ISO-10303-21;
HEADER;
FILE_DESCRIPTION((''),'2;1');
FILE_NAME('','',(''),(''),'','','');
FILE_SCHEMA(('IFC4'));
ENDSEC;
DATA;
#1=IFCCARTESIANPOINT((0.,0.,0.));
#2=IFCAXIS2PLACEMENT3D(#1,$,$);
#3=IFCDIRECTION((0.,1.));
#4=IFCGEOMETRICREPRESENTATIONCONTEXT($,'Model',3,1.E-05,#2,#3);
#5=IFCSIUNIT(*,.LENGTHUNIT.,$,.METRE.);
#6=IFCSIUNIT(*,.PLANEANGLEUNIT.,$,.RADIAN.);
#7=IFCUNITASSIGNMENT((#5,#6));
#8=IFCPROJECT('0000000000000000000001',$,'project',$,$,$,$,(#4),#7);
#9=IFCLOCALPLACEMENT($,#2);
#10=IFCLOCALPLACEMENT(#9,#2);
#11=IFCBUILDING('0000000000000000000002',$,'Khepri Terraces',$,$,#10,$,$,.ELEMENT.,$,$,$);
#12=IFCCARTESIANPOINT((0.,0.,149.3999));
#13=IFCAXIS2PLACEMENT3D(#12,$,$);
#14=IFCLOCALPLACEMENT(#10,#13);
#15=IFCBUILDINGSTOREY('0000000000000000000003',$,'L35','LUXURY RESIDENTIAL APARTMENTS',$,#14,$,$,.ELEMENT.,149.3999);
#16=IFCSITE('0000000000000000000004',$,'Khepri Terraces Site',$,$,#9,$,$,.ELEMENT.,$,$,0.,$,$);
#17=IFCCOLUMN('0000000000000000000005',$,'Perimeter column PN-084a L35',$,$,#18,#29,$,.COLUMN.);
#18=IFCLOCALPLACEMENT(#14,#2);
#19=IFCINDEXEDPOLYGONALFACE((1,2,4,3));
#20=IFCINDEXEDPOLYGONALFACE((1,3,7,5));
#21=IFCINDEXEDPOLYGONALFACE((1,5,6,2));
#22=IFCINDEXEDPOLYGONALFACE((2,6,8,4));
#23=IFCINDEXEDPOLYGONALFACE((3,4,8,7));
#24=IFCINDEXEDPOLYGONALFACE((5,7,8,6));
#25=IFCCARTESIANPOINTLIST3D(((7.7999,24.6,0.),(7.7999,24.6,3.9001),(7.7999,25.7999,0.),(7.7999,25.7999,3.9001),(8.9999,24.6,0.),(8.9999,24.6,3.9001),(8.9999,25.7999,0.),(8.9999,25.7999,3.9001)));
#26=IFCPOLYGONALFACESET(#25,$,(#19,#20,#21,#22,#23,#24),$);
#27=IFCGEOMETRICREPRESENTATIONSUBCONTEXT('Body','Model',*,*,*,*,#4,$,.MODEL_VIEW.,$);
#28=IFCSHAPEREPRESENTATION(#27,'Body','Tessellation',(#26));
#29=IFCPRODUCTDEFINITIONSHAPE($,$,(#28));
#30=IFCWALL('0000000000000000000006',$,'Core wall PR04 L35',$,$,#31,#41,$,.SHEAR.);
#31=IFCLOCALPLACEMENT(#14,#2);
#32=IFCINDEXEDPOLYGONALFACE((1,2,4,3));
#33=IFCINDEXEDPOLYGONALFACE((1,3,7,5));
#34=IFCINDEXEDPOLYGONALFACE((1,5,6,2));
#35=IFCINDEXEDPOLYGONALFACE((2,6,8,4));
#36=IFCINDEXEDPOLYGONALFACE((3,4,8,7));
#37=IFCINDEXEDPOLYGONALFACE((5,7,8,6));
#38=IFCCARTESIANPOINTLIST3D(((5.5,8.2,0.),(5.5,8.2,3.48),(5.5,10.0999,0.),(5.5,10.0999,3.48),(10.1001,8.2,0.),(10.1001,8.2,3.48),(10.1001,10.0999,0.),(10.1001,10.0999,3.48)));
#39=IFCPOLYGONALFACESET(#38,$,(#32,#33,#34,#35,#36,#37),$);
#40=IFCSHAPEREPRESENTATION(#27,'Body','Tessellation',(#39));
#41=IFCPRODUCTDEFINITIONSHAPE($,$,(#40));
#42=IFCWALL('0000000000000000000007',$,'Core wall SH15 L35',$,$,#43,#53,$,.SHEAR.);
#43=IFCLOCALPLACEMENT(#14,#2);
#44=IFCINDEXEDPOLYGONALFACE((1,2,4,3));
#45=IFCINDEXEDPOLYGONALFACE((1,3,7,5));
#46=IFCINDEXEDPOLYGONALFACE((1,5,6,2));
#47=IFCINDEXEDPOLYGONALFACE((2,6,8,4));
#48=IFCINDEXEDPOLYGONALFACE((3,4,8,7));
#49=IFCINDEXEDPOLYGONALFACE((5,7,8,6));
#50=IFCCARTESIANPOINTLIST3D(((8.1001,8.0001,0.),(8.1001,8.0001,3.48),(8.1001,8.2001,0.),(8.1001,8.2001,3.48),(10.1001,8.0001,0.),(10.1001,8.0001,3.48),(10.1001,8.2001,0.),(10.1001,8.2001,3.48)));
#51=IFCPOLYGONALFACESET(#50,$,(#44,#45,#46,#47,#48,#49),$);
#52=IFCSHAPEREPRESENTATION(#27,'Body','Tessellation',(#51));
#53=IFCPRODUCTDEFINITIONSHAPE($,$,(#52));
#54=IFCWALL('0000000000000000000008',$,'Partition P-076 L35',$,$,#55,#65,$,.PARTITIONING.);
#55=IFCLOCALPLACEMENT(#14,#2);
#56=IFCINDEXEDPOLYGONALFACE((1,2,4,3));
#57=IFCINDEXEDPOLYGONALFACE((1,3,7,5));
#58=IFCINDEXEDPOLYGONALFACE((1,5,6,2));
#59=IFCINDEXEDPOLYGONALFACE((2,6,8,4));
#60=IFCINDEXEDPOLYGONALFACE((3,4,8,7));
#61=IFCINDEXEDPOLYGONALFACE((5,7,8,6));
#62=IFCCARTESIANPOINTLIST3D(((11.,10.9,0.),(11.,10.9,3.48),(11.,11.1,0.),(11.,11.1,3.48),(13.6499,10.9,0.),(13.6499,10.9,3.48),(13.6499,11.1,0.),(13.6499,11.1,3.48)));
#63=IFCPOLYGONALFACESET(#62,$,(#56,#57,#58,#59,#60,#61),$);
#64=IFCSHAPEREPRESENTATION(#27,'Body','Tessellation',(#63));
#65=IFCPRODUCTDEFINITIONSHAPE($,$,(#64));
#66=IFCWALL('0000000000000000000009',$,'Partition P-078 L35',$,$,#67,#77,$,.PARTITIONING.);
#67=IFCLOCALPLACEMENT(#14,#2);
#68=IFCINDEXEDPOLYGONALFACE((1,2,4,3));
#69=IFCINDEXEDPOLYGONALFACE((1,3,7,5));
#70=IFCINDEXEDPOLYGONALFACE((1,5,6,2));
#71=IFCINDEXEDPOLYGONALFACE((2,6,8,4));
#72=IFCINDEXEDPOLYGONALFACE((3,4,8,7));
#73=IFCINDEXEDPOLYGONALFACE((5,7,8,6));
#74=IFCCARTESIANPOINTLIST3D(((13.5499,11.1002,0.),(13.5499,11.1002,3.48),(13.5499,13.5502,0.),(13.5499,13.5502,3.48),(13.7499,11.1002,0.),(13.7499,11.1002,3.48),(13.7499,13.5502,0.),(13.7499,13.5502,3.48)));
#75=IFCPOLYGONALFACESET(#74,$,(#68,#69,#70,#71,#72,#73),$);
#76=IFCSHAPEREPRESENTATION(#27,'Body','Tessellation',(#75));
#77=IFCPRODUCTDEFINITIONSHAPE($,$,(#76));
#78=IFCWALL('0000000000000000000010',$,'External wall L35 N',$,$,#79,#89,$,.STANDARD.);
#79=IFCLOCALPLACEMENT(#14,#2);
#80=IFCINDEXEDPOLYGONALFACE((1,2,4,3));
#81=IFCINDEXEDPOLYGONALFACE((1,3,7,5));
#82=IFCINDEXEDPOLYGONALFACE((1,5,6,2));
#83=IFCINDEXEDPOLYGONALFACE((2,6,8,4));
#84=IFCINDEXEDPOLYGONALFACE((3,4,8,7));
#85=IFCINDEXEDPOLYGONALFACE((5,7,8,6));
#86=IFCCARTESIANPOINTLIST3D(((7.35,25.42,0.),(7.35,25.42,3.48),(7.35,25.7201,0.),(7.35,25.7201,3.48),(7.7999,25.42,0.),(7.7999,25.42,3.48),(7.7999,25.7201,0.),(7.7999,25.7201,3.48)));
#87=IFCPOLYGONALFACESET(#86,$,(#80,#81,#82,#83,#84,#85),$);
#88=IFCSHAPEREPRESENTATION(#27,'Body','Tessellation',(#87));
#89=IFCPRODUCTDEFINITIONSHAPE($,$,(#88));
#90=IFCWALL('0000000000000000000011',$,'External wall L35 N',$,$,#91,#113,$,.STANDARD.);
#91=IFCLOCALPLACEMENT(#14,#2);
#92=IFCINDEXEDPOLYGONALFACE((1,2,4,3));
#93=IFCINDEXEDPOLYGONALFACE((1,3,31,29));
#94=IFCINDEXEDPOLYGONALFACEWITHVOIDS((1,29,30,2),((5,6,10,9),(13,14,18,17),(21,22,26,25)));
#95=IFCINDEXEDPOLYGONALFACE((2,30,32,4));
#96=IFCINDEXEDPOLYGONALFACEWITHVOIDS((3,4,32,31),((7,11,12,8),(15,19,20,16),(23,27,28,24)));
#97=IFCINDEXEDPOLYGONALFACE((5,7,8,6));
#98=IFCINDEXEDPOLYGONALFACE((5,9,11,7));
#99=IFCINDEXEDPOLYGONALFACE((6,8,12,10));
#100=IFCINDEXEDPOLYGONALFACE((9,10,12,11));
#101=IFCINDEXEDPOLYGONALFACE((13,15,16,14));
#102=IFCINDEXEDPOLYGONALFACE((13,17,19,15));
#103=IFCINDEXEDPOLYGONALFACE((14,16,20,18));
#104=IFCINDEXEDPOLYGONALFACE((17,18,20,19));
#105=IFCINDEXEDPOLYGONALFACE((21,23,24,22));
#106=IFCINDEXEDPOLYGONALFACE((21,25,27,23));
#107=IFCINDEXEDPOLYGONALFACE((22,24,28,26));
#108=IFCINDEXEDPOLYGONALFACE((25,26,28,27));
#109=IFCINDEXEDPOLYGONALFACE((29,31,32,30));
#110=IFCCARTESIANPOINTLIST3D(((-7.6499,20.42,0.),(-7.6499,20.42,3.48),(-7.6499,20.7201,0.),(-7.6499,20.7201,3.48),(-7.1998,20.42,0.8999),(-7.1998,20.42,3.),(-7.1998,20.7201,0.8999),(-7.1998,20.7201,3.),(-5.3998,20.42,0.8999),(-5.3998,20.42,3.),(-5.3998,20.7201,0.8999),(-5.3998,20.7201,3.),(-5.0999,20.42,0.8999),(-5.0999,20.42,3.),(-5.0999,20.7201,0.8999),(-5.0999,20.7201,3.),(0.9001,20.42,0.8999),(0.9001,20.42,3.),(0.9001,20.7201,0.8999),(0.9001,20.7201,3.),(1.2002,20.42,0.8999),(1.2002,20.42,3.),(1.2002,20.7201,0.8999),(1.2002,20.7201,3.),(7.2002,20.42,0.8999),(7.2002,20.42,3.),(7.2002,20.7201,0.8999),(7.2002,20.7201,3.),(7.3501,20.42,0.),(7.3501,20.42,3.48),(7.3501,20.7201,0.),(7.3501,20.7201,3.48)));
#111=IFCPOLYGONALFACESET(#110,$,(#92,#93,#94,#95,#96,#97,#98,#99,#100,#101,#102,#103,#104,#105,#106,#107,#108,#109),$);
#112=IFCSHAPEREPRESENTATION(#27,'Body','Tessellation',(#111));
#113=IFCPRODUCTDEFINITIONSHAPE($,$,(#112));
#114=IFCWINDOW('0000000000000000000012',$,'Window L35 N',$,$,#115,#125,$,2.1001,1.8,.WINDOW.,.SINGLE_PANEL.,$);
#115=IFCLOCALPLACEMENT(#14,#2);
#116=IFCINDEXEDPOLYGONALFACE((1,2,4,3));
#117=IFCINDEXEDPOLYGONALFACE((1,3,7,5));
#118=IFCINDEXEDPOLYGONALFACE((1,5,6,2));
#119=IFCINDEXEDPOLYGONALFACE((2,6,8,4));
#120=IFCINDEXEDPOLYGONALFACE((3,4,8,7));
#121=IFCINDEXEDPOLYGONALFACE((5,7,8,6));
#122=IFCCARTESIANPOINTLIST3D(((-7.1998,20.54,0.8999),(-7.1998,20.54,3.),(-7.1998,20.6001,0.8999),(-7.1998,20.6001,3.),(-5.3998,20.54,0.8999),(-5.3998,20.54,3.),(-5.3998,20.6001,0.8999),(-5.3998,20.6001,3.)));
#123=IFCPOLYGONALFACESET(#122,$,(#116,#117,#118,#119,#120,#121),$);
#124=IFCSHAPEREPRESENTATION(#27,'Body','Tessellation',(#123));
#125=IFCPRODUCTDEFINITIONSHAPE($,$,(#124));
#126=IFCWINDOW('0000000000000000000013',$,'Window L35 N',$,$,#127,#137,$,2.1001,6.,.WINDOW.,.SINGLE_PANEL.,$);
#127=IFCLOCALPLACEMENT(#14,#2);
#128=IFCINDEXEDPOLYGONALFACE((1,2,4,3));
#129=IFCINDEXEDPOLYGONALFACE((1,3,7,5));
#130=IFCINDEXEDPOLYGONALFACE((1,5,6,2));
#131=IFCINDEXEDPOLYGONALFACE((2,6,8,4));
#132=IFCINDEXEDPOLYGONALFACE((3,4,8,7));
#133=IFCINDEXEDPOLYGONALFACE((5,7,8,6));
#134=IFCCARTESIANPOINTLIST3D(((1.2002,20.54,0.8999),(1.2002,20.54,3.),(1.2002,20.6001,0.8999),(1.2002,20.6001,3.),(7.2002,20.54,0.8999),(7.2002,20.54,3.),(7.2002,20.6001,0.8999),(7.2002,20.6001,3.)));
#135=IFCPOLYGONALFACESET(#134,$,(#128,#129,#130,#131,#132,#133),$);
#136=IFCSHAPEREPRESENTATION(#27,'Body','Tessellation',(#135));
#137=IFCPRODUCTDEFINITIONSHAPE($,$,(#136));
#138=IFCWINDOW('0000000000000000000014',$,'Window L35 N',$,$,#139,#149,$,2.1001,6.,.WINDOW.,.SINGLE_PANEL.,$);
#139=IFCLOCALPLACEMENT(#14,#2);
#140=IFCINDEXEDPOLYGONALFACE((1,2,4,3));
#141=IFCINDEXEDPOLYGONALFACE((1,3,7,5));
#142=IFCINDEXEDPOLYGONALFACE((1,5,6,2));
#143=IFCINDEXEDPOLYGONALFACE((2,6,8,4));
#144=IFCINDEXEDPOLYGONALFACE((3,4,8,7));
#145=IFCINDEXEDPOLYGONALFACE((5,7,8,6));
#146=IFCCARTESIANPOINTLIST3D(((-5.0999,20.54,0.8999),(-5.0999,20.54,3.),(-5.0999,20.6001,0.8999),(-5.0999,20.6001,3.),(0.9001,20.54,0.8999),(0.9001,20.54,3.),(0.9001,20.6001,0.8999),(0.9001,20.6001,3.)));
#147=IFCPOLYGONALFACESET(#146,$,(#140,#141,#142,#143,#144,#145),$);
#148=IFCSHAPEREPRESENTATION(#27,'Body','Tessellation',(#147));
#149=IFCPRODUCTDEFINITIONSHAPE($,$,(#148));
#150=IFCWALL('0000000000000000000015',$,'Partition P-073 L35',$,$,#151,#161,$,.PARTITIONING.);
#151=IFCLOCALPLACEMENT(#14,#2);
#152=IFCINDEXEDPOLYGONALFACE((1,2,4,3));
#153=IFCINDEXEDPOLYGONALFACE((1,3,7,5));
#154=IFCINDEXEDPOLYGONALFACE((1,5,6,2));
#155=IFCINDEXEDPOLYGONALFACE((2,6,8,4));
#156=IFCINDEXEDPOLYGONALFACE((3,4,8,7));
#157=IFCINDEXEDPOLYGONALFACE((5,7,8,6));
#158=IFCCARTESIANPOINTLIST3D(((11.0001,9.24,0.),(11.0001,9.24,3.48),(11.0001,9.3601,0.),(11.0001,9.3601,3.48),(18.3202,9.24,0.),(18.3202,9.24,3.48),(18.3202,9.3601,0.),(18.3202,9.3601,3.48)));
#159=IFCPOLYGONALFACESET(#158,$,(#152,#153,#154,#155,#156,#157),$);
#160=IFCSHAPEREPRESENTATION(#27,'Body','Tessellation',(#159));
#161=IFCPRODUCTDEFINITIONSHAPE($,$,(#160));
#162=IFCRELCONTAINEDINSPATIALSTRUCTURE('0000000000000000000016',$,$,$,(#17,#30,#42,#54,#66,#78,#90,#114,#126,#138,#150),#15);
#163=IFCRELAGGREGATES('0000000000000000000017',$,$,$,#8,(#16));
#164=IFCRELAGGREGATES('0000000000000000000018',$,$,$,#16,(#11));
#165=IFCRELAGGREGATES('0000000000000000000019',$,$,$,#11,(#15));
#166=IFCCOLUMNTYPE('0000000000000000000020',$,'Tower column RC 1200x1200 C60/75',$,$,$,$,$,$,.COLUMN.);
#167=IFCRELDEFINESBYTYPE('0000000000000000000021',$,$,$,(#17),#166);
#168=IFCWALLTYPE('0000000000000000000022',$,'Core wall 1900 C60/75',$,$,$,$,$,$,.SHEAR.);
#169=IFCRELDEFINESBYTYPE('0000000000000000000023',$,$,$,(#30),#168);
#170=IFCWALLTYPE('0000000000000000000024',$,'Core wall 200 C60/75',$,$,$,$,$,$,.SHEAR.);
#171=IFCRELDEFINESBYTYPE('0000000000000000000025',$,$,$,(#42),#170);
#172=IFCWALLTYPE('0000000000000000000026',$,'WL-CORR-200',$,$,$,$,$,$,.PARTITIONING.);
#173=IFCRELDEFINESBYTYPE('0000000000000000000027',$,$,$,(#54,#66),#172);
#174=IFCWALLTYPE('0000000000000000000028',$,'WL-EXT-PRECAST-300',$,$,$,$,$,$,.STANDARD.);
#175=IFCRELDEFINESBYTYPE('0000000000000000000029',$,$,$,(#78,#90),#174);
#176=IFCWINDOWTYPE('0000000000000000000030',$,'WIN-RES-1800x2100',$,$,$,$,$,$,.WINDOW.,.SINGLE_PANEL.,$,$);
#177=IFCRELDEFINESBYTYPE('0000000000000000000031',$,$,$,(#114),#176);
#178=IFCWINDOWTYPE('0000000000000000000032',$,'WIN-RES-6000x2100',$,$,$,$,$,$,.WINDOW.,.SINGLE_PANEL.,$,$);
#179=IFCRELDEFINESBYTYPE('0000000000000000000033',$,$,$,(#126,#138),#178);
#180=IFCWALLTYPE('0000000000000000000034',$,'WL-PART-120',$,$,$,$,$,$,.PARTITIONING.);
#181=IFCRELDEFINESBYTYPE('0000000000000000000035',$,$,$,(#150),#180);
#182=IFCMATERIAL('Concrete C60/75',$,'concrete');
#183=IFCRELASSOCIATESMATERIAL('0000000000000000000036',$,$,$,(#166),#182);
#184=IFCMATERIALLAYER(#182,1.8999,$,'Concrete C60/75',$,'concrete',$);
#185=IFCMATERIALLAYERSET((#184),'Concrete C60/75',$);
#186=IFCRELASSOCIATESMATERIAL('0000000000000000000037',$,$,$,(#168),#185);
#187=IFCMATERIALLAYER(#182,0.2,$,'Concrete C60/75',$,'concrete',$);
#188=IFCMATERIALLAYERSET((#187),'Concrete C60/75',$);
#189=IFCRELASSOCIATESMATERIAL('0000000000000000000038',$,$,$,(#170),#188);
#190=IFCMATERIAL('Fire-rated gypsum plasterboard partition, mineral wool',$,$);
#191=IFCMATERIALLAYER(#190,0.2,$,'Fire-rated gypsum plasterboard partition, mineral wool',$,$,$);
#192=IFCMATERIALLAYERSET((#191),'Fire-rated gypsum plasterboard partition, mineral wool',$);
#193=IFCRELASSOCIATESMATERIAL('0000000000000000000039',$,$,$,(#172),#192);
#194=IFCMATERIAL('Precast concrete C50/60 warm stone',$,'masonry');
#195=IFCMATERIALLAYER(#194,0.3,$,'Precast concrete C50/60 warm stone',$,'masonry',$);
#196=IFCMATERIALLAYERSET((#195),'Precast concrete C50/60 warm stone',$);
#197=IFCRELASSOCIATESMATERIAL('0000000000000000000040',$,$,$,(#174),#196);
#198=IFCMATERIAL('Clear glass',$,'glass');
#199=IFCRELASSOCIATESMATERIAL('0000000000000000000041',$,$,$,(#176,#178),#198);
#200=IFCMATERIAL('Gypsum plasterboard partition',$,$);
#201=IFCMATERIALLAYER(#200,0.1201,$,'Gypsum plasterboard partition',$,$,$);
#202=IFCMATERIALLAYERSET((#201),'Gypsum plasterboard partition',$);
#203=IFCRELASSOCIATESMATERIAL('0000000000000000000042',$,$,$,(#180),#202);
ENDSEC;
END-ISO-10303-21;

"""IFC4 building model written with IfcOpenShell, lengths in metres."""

from ifc_helpers import new_model, si_unit, direction, frame, frame_2d, origin, origin_2d, place, context, subcontext, project, spatial, rectangle, extrude, material, layer, layer_set, material_profile, profile_set, type_object, element, fill, save


model = new_model("IFC4")

# Units and contexts
model_context = context("Model", 3, precision=1e-05, world=origin(), true_north=direction((0.0, 1.0)))
body_context = subcontext(model_context, "Body", "Model", "MODEL_VIEW")
ifc_project = project(units=[si_unit("LENGTHUNIT", "METRE"), si_unit("PLANEANGLEUNIT", "RADIAN")], contexts=[model_context])

# Site, building, storey
site_placement = place(None, origin())
site = spatial("IfcSite", under=ifc_project, at=site_placement, Name="Khepri Terraces Site", CompositionType="ELEMENT", RefElevation=0.0)
building_placement = place(site_placement, origin())
building = spatial("IfcBuilding", under=site, at=building_placement, Name="Khepri Terraces", CompositionType="ELEMENT")
storey_placement = place(building_placement, frame((0.0, 0.0, 149.3999)))
storey = spatial("IfcBuildingStorey", under=building, at=storey_placement, Name="L35", Description="LUXURY RESIDENTIAL APARTMENTS", CompositionType="ELEMENT", Elevation=149.3999)

# Column
ifc_material_1 = material(Name="Concrete C60/75", Category="concrete")
ifc_material_profile = material_profile(ifc_material_1, rectangle(XDim=1.2, YDim=1.2, at=origin_2d()), Name="Concrete C60/75", Category="concrete")
ifc_profile_set = profile_set([ifc_material_profile], Name="Concrete C60/75")
column_type = type_object("IfcColumnType", Name="Tower column RC 1200x1200 C60/75", PredefinedType="COLUMN", material=ifc_profile_set)
column_placement = place(storey_placement, frame((8.3999, 25.2, 0.0), z_axis=(0.0, 0.0, 1.0), x_axis=(1.0, 0.0, 0.0)))
element("IfcColumn", 1, at=column_placement, inside=storey, type_object=column_type, Name="Perimeter column PN-084a L35", PredefinedType="COLUMN", context=body_context, shape_type="SweptSolid", body=[
    extrude(rectangle(XDim=1.2, YDim=1.2, at=origin_2d()), origin(), (0.0, 0.0, 1.0), 3.9001),
])

# Walls
ifc_layer_1 = layer(ifc_material_1, 1.8999, Name="Concrete C60/75", Category="concrete")
ifc_layer_set_1 = layer_set([ifc_layer_1], Name="Concrete C60/75")
wall_type_1 = type_object("IfcWallType", Name="Core wall 1900 C60/75", PredefinedType="SHEAR", material=ifc_layer_set_1)
wall_1_placement = place(storey_placement, frame((5.5, 9.1499, 0.0), z_axis=(0.0, 0.0, 1.0), x_axis=(1.0, 0.0, 0.0)))
element("IfcWall", 2, at=wall_1_placement, inside=storey, type_object=wall_type_1, Name="Core wall PR04 L35", PredefinedType="SHEAR", context=body_context, shape_type="SweptSolid", body=[
    extrude(rectangle(XDim=4.6001, YDim=1.8999, at=frame_2d((2.3, 0.0))), origin(), (0.0, 0.0, 1.0), 3.48),
])
ifc_layer_2 = layer(ifc_material_1, 0.2, Name="Concrete C60/75", Category="concrete")
ifc_layer_set_2 = layer_set([ifc_layer_2], Name="Concrete C60/75")
wall_type_2 = type_object("IfcWallType", Name="Core wall 200 C60/75", PredefinedType="SHEAR", material=ifc_layer_set_2)
wall_2_placement = place(storey_placement, frame((8.1001, 8.1001, 0.0), z_axis=(0.0, 0.0, 1.0), x_axis=(1.0, 0.0, 0.0)))
element("IfcWall", 3, at=wall_2_placement, inside=storey, type_object=wall_type_2, Name="Core wall SH15 L35", PredefinedType="SHEAR", context=body_context, shape_type="SweptSolid", body=[
    extrude(rectangle(XDim=2.0, YDim=0.2, at=frame_2d((1.0, 0.0))), origin(), (0.0, 0.0, 1.0), 3.48),
])
ifc_material_2 = material(Name="Fire-rated gypsum plasterboard partition, mineral wool")
ifc_layer_3 = layer(ifc_material_2, 0.2, Name="Fire-rated gypsum plasterboard partition, mineral wool")
ifc_layer_set_3 = layer_set([ifc_layer_3], Name="Fire-rated gypsum plasterboard partition, mineral wool")
wall_type_3 = type_object("IfcWallType", Name="WL-CORR-200", PredefinedType="PARTITIONING", material=ifc_layer_set_3)
wall_3_placement = place(storey_placement, frame((11.0, 11.0, 0.0), z_axis=(0.0, 0.0, 1.0), x_axis=(1.0, 0.0, 0.0)))
element("IfcWall", 4, at=wall_3_placement, inside=storey, type_object=wall_type_3, Name="Partition P-076 L35", PredefinedType="PARTITIONING", context=body_context, shape_type="SweptSolid", body=[
    extrude(rectangle(XDim=2.6499, YDim=0.2, at=frame_2d((1.325, 0.0))), origin(), (0.0, 0.0, 1.0), 3.48),
])
wall_4_placement = place(storey_placement, frame((13.6499, 11.1001, 0.0), z_axis=(0.0, 0.0, 1.0), x_axis=(0.0, 1.0, 0.0)))
element("IfcWall", 5, at=wall_4_placement, inside=storey, type_object=wall_type_3, Name="Partition P-078 L35", PredefinedType="PARTITIONING", context=body_context, shape_type="SweptSolid", body=[
    extrude(rectangle(XDim=2.45, YDim=0.2, at=frame_2d((1.2251, 0.0))), origin(), (0.0, 0.0, 1.0), 3.48),
])
ifc_material_3 = material(Name="Precast concrete C50/60 warm stone", Category="masonry")
ifc_layer_4 = layer(ifc_material_3, 0.3, Name="Precast concrete C50/60 warm stone", Category="masonry")
ifc_layer_set_4 = layer_set([ifc_layer_4], Name="Precast concrete C50/60 warm stone")
wall_type_4 = type_object("IfcWallType", Name="WL-EXT-PRECAST-300", PredefinedType="STANDARD", material=ifc_layer_set_4)
wall_5_placement = place(storey_placement, frame((7.8, 25.5701, 0.0), z_axis=(0.0, 0.0, 1.0), x_axis=(-1.0, 0.0, 0.0)))
element("IfcWall", 6, at=wall_5_placement, inside=storey, type_object=wall_type_4, Name="External wall L35 N", PredefinedType="STANDARD", context=body_context, shape_type="SweptSolid", body=[
    extrude(rectangle(XDim=0.45, YDim=0.3, at=frame_2d((0.2251, 0.0))), origin(), (0.0, 0.0, 1.0), 3.48),
])

# Wall, openings, windows
wall_6_placement = place(storey_placement, frame((7.3501, 20.5701, 0.0), z_axis=(0.0, 0.0, 1.0), x_axis=(-1.0, 0.0, 0.0)))
wall_6 = element("IfcWall", 7, at=wall_6_placement, inside=storey, type_object=wall_type_4, Name="External wall L35 N", PredefinedType="STANDARD", context=body_context, shape_type="SweptSolid", body=[
    extrude(rectangle(XDim=15.0, YDim=0.3, at=frame_2d((7.5, 0.0))), origin(), (0.0, 0.0, 1.0), 3.48),
])
opening_1_placement = place(wall_6_placement, frame((0.1499, 0.0, 0.8999)))
opening_1 = element("IfcOpeningElement", 8, at=opening_1_placement, cuts=wall_6, PredefinedType="OPENING", context=body_context, shape_type="SweptSolid", body=[
    extrude(rectangle(XDim=6.0, YDim=2.1001, at=frame_2d((3.0, 1.05))), frame((0.0, 0.1602, 0.0), z_axis=(0.0, -1.0, 0.0), x_axis=(1.0, 0.0, 0.0)), (0.0, 0.0, 1.0), 0.3201),
])
opening_2_placement = place(wall_6_placement, frame((6.45, 0.0, 0.8999)))
opening_2 = element("IfcOpeningElement", 9, at=opening_2_placement, cuts=wall_6, PredefinedType="OPENING", context=body_context, shape_type="SweptSolid", body=[
    extrude(rectangle(XDim=6.0, YDim=2.1001, at=frame_2d((3.0, 1.05))), frame((0.0, 0.1602, 0.0), z_axis=(0.0, -1.0, 0.0), x_axis=(1.0, 0.0, 0.0)), (0.0, 0.0, 1.0), 0.3201),
])
opening_3_placement = place(wall_6_placement, frame((12.75, 0.0, 0.8999)))
opening_3 = element("IfcOpeningElement", 10, at=opening_3_placement, cuts=wall_6, PredefinedType="OPENING", context=body_context, shape_type="SweptSolid", body=[
    extrude(rectangle(XDim=1.8, YDim=2.1001, at=frame_2d((0.8999, 1.05))), frame((0.0, 0.1602, 0.0), z_axis=(0.0, -1.0, 0.0), x_axis=(1.0, 0.0, 0.0)), (0.0, 0.0, 1.0), 0.3201),
])
ifc_material_4 = material(Name="Clear glass", Category="glass")
window_type_1 = type_object("IfcWindowType", Name="WIN-RES-1800x2100", PartitioningType="SINGLE_PANEL", PredefinedType="WINDOW", material=ifc_material_4)
window_1_placement = place(opening_3_placement, origin())
window_1 = element("IfcWindow", 11, at=window_1_placement, inside=storey, type_object=window_type_1, Name="Window L35 N", OverallHeight=2.1001, OverallWidth=1.8, PartitioningType="SINGLE_PANEL", PredefinedType="WINDOW", context=body_context, shape_type="SweptSolid", body=[
    extrude(rectangle(XDim=1.8, YDim=2.1001, at=frame_2d((0.8999, 1.05))), frame((0.0, 0.03, 0.0), z_axis=(0.0, -1.0, 0.0), x_axis=(1.0, 0.0, 0.0)), (0.0, 0.0, 1.0), 0.0601),
])
fill(opening_3, window_1)
window_type_2 = type_object("IfcWindowType", Name="WIN-RES-6000x2100", PartitioningType="SINGLE_PANEL", PredefinedType="WINDOW", material=ifc_material_4)
window_2_placement = place(opening_1_placement, origin())
window_2 = element("IfcWindow", 12, at=window_2_placement, inside=storey, type_object=window_type_2, Name="Window L35 N", OverallHeight=2.1001, OverallWidth=6.0, PartitioningType="SINGLE_PANEL", PredefinedType="WINDOW", context=body_context, shape_type="SweptSolid", body=[
    extrude(rectangle(XDim=6.0, YDim=2.1001, at=frame_2d((3.0, 1.05))), frame((0.0, 0.03, 0.0), z_axis=(0.0, -1.0, 0.0), x_axis=(1.0, 0.0, 0.0)), (0.0, 0.0, 1.0), 0.0601),
])
fill(opening_1, window_2)
window_3_placement = place(opening_2_placement, origin())
window_3 = element("IfcWindow", 13, at=window_3_placement, inside=storey, type_object=window_type_2, Name="Window L35 N", OverallHeight=2.1001, OverallWidth=6.0, PartitioningType="SINGLE_PANEL", PredefinedType="WINDOW", context=body_context, shape_type="SweptSolid", body=[
    extrude(rectangle(XDim=6.0, YDim=2.1001, at=frame_2d((3.0, 1.05))), frame((0.0, 0.03, 0.0), z_axis=(0.0, -1.0, 0.0), x_axis=(1.0, 0.0, 0.0)), (0.0, 0.0, 1.0), 0.0601),
])
fill(opening_2, window_3)

# Wall
ifc_material_5 = material(Name="Gypsum plasterboard partition")
ifc_layer_5 = layer(ifc_material_5, 0.1201, Name="Gypsum plasterboard partition")
ifc_layer_set_5 = layer_set([ifc_layer_5], Name="Gypsum plasterboard partition")
wall_type_5 = type_object("IfcWallType", Name="WL-PART-120", PredefinedType="PARTITIONING", material=ifc_layer_set_5)
wall_7_placement = place(storey_placement, frame((11.0, 9.3, 0.0), z_axis=(0.0, 0.0, 1.0), x_axis=(1.0, 0.0, 0.0)))
element("IfcWall", 14, at=wall_7_placement, inside=storey, type_object=wall_type_5, Name="Partition P-073 L35", PredefinedType="PARTITIONING", context=body_context, shape_type="SweptSolid", body=[
    extrude(rectangle(XDim=7.3201, YDim=0.1201, at=frame_2d((3.6602, 0.0))), origin(), (0.0, 0.0, 1.0), 3.48),
])

save(model, "model.ifc")
